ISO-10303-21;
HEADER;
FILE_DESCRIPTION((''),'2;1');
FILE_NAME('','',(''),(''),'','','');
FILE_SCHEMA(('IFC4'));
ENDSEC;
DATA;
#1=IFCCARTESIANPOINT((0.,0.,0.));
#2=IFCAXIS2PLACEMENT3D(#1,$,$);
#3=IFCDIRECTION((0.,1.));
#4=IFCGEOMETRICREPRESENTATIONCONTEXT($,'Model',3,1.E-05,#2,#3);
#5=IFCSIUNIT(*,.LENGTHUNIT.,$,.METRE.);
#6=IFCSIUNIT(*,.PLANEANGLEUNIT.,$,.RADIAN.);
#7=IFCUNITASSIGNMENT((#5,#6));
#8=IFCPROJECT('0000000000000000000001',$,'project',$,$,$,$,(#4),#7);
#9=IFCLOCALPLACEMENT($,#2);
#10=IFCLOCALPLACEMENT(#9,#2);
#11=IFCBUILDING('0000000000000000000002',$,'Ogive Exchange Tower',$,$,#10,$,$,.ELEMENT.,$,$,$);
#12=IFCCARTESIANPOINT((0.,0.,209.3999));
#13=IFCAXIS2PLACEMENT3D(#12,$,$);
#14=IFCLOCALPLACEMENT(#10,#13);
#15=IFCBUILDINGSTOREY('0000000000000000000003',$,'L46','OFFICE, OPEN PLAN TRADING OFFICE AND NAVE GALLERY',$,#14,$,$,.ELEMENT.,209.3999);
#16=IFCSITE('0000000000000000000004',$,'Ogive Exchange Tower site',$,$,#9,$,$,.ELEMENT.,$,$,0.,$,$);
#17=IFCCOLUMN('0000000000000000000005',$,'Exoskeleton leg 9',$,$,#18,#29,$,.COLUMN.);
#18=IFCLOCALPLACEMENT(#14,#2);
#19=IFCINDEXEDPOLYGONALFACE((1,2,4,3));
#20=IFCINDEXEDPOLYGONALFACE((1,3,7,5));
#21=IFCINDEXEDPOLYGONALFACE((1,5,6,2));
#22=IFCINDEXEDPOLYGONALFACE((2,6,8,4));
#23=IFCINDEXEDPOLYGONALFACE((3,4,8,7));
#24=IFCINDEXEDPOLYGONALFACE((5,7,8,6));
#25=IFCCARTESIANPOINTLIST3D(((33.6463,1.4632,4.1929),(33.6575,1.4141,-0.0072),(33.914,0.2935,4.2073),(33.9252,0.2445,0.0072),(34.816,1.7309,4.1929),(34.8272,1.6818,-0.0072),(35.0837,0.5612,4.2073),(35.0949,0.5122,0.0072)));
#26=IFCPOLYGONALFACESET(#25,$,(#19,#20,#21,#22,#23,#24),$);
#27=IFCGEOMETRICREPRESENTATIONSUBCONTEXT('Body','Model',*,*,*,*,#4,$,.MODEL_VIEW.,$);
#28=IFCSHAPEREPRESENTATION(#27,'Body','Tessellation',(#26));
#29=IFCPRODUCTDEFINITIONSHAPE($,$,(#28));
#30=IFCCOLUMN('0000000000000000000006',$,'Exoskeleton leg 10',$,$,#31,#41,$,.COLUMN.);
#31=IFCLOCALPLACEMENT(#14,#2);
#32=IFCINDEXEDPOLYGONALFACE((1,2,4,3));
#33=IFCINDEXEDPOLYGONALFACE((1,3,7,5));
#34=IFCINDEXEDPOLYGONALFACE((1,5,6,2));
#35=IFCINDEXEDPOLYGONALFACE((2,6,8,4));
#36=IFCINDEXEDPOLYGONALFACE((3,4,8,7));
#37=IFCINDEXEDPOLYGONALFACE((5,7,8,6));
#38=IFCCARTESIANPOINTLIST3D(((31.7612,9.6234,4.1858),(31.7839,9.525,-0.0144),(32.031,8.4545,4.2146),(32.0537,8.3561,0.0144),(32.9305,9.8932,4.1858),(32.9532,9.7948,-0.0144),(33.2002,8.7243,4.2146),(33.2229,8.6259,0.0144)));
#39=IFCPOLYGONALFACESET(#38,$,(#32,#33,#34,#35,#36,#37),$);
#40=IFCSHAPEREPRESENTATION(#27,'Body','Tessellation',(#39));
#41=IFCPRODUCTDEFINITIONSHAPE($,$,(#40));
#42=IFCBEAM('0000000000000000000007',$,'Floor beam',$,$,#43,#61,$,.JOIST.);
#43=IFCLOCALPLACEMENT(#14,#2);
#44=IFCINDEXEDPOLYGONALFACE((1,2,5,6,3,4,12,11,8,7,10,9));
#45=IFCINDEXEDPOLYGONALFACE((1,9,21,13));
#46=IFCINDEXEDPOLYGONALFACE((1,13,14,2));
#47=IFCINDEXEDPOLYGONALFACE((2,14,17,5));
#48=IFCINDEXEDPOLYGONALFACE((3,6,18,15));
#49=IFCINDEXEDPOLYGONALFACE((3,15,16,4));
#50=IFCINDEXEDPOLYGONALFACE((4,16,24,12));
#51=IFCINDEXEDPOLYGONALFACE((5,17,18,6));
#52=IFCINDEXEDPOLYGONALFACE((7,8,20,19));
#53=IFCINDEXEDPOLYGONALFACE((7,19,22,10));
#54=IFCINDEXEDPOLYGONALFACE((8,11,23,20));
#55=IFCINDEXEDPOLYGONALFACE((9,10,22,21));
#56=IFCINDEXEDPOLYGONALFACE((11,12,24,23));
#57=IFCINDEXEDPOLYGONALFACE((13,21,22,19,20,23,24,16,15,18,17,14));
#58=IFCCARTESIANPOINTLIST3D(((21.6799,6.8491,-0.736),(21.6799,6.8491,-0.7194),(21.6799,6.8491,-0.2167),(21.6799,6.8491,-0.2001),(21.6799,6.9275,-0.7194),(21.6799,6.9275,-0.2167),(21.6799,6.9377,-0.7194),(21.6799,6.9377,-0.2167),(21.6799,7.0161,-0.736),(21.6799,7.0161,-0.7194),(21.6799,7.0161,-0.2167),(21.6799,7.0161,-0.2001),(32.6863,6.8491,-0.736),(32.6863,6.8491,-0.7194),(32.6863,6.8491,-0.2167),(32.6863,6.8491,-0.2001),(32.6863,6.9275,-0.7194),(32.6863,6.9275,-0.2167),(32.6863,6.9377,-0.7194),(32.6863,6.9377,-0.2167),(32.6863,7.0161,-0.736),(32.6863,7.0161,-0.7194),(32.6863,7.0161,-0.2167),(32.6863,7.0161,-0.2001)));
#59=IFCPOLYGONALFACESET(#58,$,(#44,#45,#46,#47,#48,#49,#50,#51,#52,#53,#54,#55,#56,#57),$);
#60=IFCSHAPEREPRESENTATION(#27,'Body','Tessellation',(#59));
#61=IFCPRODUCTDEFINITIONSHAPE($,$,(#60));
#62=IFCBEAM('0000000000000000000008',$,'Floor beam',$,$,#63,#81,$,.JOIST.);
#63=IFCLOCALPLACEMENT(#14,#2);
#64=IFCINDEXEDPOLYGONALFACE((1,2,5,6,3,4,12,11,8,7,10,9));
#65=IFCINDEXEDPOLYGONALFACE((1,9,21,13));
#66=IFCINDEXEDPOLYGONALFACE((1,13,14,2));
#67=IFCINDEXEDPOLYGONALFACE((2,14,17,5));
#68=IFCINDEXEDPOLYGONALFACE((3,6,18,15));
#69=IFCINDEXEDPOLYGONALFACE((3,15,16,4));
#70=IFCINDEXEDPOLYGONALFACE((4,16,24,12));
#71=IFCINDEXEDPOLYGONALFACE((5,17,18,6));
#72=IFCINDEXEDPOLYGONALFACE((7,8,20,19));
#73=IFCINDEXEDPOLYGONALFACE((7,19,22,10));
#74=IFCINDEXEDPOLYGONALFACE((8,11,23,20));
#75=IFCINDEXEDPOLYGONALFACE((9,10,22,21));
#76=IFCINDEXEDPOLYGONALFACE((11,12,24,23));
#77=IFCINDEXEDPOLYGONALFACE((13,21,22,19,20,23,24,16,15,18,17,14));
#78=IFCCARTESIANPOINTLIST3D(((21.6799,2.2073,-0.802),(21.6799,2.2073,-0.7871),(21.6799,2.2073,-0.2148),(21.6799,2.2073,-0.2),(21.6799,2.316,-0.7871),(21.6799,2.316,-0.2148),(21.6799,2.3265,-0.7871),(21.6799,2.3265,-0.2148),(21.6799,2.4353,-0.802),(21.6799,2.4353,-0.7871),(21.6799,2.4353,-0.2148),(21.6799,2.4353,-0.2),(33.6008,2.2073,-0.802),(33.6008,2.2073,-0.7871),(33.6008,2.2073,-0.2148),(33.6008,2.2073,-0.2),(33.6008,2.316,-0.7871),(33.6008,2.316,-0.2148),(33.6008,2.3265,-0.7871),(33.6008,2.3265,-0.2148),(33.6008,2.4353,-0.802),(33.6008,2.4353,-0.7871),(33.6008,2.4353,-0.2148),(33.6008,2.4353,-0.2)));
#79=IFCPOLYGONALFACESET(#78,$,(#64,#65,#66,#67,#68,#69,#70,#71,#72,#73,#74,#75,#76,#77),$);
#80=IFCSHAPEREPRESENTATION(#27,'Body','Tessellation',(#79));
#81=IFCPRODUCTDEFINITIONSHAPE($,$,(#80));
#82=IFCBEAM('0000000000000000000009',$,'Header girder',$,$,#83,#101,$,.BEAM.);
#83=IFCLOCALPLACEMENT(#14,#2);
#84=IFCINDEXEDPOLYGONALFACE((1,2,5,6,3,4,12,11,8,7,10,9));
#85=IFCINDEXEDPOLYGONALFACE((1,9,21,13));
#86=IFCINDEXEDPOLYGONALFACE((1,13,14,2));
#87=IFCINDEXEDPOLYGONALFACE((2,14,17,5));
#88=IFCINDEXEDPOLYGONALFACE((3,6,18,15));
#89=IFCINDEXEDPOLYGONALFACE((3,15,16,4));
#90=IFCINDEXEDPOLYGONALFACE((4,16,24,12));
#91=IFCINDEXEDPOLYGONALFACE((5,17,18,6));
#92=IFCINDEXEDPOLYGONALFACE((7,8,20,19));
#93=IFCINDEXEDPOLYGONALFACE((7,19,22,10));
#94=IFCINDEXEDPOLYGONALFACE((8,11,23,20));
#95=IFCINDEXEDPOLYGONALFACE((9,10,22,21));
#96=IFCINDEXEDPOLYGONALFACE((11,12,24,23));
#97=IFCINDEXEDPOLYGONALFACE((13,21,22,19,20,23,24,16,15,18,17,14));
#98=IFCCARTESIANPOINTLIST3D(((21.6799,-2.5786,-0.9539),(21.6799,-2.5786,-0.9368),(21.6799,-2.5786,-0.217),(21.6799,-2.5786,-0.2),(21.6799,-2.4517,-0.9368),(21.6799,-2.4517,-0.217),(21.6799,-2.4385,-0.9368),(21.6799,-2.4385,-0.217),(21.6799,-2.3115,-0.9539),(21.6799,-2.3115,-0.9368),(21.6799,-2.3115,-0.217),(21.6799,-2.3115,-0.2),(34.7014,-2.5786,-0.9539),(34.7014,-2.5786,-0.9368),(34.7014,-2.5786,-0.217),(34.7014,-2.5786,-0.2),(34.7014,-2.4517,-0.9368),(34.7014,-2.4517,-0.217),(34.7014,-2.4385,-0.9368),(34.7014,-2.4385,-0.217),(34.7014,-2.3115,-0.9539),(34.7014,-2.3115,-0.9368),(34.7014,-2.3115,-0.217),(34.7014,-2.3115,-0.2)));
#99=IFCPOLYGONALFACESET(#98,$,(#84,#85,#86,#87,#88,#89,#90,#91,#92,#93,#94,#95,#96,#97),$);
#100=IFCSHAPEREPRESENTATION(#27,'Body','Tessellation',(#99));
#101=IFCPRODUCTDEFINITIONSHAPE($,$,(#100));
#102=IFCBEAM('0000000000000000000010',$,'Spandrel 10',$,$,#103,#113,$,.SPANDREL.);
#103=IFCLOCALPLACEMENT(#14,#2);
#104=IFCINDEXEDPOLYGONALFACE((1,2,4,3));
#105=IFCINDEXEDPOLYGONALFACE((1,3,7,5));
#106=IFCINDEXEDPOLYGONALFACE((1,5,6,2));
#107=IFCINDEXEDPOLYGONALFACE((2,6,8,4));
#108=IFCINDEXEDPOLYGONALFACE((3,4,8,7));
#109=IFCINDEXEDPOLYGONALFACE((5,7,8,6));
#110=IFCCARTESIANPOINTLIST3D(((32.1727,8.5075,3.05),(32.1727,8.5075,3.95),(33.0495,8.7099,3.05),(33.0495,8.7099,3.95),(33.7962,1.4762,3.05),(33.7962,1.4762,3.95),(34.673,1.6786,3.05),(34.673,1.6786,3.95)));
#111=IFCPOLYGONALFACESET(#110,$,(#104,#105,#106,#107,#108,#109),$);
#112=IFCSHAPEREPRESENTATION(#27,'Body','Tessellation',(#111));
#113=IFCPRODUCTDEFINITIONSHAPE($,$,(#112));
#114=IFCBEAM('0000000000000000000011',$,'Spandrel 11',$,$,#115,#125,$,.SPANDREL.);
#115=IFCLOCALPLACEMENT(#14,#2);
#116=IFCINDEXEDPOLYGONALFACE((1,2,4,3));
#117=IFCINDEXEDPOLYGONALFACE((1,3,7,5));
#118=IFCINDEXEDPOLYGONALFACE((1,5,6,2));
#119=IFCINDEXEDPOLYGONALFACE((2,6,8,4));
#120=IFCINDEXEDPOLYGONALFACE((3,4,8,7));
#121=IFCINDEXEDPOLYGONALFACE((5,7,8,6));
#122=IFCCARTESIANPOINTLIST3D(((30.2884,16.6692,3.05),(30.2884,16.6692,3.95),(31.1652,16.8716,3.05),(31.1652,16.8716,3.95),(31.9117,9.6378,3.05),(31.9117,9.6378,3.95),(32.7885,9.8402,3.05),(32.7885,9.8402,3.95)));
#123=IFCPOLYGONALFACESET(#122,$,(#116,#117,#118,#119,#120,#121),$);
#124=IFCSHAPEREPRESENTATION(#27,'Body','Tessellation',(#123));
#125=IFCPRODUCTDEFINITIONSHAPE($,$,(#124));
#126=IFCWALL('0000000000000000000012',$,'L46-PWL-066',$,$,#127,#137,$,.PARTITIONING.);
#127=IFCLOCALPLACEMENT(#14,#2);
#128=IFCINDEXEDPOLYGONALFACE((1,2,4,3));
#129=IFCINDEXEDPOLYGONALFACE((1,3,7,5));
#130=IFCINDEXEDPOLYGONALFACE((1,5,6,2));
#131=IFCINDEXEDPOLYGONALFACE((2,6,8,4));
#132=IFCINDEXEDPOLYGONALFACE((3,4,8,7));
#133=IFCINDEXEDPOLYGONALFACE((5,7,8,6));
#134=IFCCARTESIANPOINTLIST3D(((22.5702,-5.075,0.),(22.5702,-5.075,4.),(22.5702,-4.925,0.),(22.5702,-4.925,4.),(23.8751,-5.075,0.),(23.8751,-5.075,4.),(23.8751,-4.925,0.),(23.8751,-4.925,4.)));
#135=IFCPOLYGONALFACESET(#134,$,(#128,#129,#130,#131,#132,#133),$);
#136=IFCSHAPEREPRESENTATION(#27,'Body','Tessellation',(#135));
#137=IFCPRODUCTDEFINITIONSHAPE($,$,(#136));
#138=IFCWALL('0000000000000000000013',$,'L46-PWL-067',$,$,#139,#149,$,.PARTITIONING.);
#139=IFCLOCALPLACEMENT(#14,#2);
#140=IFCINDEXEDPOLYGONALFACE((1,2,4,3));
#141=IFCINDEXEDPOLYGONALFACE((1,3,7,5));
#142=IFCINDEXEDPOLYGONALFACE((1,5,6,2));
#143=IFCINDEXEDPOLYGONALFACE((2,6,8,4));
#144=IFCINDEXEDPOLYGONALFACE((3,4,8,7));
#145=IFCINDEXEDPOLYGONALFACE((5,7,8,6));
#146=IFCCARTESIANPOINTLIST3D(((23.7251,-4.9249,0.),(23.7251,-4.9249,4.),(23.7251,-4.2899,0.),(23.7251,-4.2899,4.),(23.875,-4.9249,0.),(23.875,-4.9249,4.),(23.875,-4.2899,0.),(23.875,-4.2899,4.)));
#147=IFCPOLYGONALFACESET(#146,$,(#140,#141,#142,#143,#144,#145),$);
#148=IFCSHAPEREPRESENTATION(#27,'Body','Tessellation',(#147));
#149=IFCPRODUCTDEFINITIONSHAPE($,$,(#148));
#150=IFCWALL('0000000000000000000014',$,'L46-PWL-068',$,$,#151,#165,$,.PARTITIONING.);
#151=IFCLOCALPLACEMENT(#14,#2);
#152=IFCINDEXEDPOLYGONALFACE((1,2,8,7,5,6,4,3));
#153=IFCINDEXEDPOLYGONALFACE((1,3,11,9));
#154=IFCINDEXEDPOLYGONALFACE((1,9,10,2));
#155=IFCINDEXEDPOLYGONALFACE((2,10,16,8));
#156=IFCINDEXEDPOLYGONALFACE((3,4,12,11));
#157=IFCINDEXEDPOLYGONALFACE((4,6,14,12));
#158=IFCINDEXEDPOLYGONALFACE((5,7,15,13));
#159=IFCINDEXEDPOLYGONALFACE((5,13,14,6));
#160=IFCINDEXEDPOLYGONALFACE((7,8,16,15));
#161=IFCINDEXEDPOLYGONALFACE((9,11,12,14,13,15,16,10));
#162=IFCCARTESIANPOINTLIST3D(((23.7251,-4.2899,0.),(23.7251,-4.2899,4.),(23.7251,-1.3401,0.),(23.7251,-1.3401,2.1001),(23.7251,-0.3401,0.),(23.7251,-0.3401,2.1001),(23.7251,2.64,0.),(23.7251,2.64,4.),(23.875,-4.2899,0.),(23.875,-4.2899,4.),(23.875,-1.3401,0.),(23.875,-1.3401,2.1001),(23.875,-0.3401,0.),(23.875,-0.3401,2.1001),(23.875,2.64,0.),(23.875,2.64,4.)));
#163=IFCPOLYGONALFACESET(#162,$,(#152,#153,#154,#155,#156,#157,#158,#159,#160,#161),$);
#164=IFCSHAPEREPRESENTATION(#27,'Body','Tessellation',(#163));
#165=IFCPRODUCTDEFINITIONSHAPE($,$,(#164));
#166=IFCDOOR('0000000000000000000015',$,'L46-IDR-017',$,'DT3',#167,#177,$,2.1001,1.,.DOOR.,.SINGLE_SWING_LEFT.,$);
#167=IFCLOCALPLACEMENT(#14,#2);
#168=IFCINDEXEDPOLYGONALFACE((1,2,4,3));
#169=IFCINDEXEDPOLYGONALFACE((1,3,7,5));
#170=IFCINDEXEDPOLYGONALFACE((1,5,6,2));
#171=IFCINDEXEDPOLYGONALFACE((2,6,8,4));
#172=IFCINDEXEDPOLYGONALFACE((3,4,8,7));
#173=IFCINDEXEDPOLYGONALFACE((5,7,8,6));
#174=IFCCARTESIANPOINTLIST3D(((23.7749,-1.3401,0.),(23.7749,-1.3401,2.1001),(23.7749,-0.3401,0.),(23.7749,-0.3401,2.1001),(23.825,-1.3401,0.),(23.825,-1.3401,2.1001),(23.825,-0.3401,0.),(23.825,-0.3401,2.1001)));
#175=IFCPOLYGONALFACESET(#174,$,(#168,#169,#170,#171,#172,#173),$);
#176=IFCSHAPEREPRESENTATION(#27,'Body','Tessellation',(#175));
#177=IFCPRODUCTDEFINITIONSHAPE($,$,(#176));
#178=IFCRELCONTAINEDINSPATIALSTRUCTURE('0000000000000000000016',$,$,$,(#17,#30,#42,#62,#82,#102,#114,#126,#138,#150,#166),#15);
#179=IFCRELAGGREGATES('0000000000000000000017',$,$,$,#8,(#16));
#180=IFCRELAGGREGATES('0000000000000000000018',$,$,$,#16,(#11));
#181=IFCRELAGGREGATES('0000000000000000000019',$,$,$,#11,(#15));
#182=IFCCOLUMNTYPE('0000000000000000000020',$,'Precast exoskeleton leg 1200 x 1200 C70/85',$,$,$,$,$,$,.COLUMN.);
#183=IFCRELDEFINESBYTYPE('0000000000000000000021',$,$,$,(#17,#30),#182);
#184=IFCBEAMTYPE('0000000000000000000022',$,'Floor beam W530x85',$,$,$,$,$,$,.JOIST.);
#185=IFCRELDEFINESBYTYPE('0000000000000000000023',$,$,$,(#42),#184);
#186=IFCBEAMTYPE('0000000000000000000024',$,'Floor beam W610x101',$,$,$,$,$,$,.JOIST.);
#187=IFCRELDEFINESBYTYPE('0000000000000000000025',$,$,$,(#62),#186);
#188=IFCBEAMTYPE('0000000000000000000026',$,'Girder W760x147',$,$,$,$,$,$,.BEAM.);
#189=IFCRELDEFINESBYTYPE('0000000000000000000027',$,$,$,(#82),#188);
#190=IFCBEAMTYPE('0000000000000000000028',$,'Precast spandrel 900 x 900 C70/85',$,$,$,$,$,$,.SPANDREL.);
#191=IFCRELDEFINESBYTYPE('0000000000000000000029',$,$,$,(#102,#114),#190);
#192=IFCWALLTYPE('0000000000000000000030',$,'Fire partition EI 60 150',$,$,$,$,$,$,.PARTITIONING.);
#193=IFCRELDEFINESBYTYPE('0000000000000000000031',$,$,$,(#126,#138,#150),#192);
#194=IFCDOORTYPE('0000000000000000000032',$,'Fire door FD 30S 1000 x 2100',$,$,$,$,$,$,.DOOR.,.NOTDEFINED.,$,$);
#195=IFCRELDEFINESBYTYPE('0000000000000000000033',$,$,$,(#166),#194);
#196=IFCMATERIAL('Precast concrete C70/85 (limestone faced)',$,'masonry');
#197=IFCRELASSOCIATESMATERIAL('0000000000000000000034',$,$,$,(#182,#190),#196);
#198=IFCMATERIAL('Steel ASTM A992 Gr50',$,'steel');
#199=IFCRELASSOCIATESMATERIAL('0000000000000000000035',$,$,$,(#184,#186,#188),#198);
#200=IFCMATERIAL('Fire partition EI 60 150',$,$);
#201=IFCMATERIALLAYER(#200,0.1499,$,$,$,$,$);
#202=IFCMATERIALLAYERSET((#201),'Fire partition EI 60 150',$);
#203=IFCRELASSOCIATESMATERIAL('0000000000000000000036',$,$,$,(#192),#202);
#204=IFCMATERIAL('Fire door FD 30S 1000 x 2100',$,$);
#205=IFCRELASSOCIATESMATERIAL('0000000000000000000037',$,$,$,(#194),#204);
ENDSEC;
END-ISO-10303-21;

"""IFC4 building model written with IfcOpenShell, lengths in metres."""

from ifc_helpers import new_model, si_unit, direction, frame, frame_2d, origin, origin_2d, place, context, subcontext, project, spatial, rectangle, i_section, extrude, material, layer, layer_set, material_profile, profile_set, type_object, element, fill, save


model = new_model("IFC4")

# Units and contexts
model_context = context("Model", 3, precision=1e-05, world=origin(), true_north=direction((0.0, 1.0)))
body_context = subcontext(model_context, "Body", "Model", "MODEL_VIEW")
ifc_project = project(units=[si_unit("LENGTHUNIT", "METRE"), si_unit("PLANEANGLEUNIT", "RADIAN")], contexts=[model_context])

# Site, building, storey
site_placement = place(None, origin())
site = spatial("IfcSite", under=ifc_project, at=site_placement, Name="Ogive Exchange Tower site", CompositionType="ELEMENT", RefElevation=0.0)
building_placement = place(site_placement, origin())
building = spatial("IfcBuilding", under=site, at=building_placement, Name="Ogive Exchange Tower", CompositionType="ELEMENT")
storey_placement = place(building_placement, frame((0.0, 0.0, 209.3999)))
storey = spatial("IfcBuildingStorey", under=building, at=storey_placement, Name="L46", Description="OFFICE, OPEN PLAN TRADING OFFICE AND NAVE GALLERY", CompositionType="ELEMENT", Elevation=209.3999)

# Columns
ifc_material_1 = material(Name="Precast concrete C70/85 (limestone faced)", Category="masonry")
ifc_material_profile_1 = material_profile(ifc_material_1, rectangle(XDim=1.2, YDim=1.2, at=origin_2d()), Name="1200 x 1200")
ifc_profile_set_1 = profile_set([ifc_material_profile_1], Name="Precast concrete C70/85 (limestone faced)")
column_type = type_object("IfcColumnType", Name="Precast exoskeleton leg 1200 x 1200 C70/85", PredefinedType="COLUMN", material=ifc_profile_set_1)
column_1_placement = place(storey_placement, frame((34.3762, 0.9631, 0.0), z_axis=(-0.002674, 0.011682, 0.999928), x_axis=(-0.974798, -0.223088, 0.0)))
element("IfcColumn", 1, at=column_1_placement, inside=storey, type_object=column_type, Name="Exoskeleton leg 9", PredefinedType="COLUMN", context=body_context, shape_type="SweptSolid", body=[
    extrude(rectangle(XDim=1.2, YDim=1.2, at=origin_2d()), origin(), (0.0, 0.0, 1.0), 4.2004),
])
column_2_placement = place(storey_placement, frame((32.5034, 9.0754, 0.0), z_axis=(-0.005404, 0.023418, 0.999711), x_axis=(-0.974391, -0.22486, 0.0)))
element("IfcColumn", 2, at=column_2_placement, inside=storey, type_object=column_type, Name="Exoskeleton leg 10", PredefinedType="COLUMN", context=body_context, shape_type="SweptSolid", body=[
    extrude(rectangle(XDim=1.2, YDim=1.2, at=origin_2d()), origin(), (0.0, 0.0, 1.0), 4.2014),
])

# Beams
ifc_material_2 = material(Name="Steel ASTM A992 Gr50", Category="steel")
ifc_material_profile_2 = material_profile(ifc_material_2, i_section(OverallWidth=0.167, OverallDepth=0.5359, WebThickness=0.0103, FlangeThickness=0.0166, at=origin_2d()), Name="W530x85")
ifc_profile_set_2 = profile_set([ifc_material_profile_2], Name="Steel ASTM A992 Gr50")
beam_type_1 = type_object("IfcBeamType", Name="Floor beam W530x85", PredefinedType="JOIST", material=ifc_profile_set_2)
beam_1_placement = place(storey_placement, frame((21.6799, 6.9326, -0.468), z_axis=(1.0, 0.0, 0.0), x_axis=(0.0, 1.0, 0.0)))
element("IfcBeam", 3, at=beam_1_placement, inside=storey, type_object=beam_type_1, Name="Floor beam", PredefinedType="JOIST", context=body_context, shape_type="SweptSolid", body=[
    extrude(i_section(OverallWidth=0.167, OverallDepth=0.5359, WebThickness=0.0103, FlangeThickness=0.0166, at=origin_2d()), origin(), (0.0, 0.0, 1.0), 11.0063),
])
ifc_material_profile_3 = material_profile(ifc_material_2, i_section(OverallWidth=0.228, OverallDepth=0.6021, WebThickness=0.0105, FlangeThickness=0.0149, at=origin_2d()), Name="W610x101")
ifc_profile_set_3 = profile_set([ifc_material_profile_3], Name="Steel ASTM A992 Gr50")
beam_type_2 = type_object("IfcBeamType", Name="Floor beam W610x101", PredefinedType="JOIST", material=ifc_profile_set_3)
beam_2_placement = place(storey_placement, frame((21.6799, 2.3213, -0.501), z_axis=(1.0, 0.0, 0.0), x_axis=(0.0, 1.0, 0.0)))
element("IfcBeam", 4, at=beam_2_placement, inside=storey, type_object=beam_type_2, Name="Floor beam", PredefinedType="JOIST", context=body_context, shape_type="SweptSolid", body=[
    extrude(i_section(OverallWidth=0.228, OverallDepth=0.6021, WebThickness=0.0105, FlangeThickness=0.0149, at=origin_2d()), origin(), (0.0, 0.0, 1.0), 11.9209),
])
ifc_material_profile_4 = material_profile(ifc_material_2, i_section(OverallWidth=0.2671, OverallDepth=0.7539, WebThickness=0.0132, FlangeThickness=0.0171, at=origin_2d()), Name="W760x147")
ifc_profile_set_4 = profile_set([ifc_material_profile_4], Name="Steel ASTM A992 Gr50")
beam_type_3 = type_object("IfcBeamType", Name="Girder W760x147", PredefinedType="BEAM", material=ifc_profile_set_4)
beam_3_placement = place(storey_placement, frame((21.6799, -2.4451, -0.5769), z_axis=(1.0, 0.0, 0.0), x_axis=(0.0, 1.0, 0.0)))
element("IfcBeam", 5, at=beam_3_placement, inside=storey, type_object=beam_type_3, Name="Header girder", PredefinedType="BEAM", context=body_context, shape_type="SweptSolid", body=[
    extrude(i_section(OverallWidth=0.2671, OverallDepth=0.7539, WebThickness=0.0132, FlangeThickness=0.0171, at=origin_2d()), origin(), (0.0, 0.0, 1.0), 13.0215),
])
ifc_material_profile_5 = material_profile(ifc_material_1, rectangle(XDim=0.8999, YDim=0.8999, at=origin_2d()), Name="900 x 900")
ifc_profile_set_5 = profile_set([ifc_material_profile_5], Name="Precast concrete C70/85 (limestone faced)")
beam_type_4 = type_object("IfcBeamType", Name="Precast spandrel 900 x 900 C70/85", PredefinedType="SPANDREL", material=ifc_profile_set_5)
for number, where, z_axis, x_axis, name in (
    (6, (34.2346, 1.5774, 3.5), (-0.224983, 0.974363, 0.0), (-0.974363, -0.224983, 0.0), "Spandrel 10"),
    (7, (32.3501, 9.739, 3.5), (-0.224951, 0.97437, 0.0), (-0.97437, -0.224951, 0.0), "Spandrel 11"),
):
    element("IfcBeam", number, at=place(storey_placement, frame(where, z_axis=z_axis, x_axis=x_axis)), inside=storey, type_object=beam_type_4, Name=name, PredefinedType="SPANDREL", context=body_context, shape_type="SweptSolid", body=[
        extrude(rectangle(XDim=0.8999, YDim=0.8999, at=origin_2d()), origin(), (0.0, 0.0, 1.0), 7.2163),
    ])

# Walls
ifc_material_3 = material(Name="Fire partition EI 60 150")
ifc_layer_1 = layer(ifc_material_3, 0.1499)
ifc_layer_set_1 = layer_set([ifc_layer_1], Name="Fire partition EI 60 150")
wall_type_1 = type_object("IfcWallType", Name="Fire partition EI 60 150", PredefinedType="PARTITIONING", material=ifc_layer_set_1)
wall_1_placement = place(storey_placement, frame((23.875, -5.0, 0.0), z_axis=(0.0, 0.0, 1.0), x_axis=(-1.0, 0.0, 0.0)))
element("IfcWall", 8, at=wall_1_placement, inside=storey, type_object=wall_type_1, Name="L46-PWL-066", PredefinedType="PARTITIONING", context=body_context, shape_type="SweptSolid", body=[
    extrude(rectangle(XDim=1.3049, YDim=0.1499, at=frame_2d((0.6523, 0.0))), origin(), (0.0, 0.0, 1.0), 4.0),
])
wall_2_placement = place(storey_placement, frame((23.8, -4.29, 0.0), z_axis=(0.0, 0.0, 1.0), x_axis=(0.0, -1.0, 0.0)))
element("IfcWall", 9, at=wall_2_placement, inside=storey, type_object=wall_type_1, Name="L46-PWL-067", PredefinedType="PARTITIONING", context=body_context, shape_type="SweptSolid", body=[
    extrude(rectangle(XDim=0.635, YDim=0.1499, at=frame_2d((0.3174, 0.0))), origin(), (0.0, 0.0, 1.0), 4.0),
])

# Wall, opening, door
wall_3_placement = place(storey_placement, frame((23.8, 2.6399, 0.0), z_axis=(0.0, 0.0, 1.0), x_axis=(0.0, -1.0, 0.0)))
wall_3 = element("IfcWall", 10, at=wall_3_placement, inside=storey, type_object=wall_type_1, Name="L46-PWL-068", PredefinedType="PARTITIONING", context=body_context, shape_type="SweptSolid", body=[
    extrude(rectangle(XDim=6.9299, YDim=0.1499, at=frame_2d((3.4648, 0.0))), origin(), (0.0, 0.0, 1.0), 4.0),
])
opening_1_placement = place(wall_3_placement, frame((2.98, 0.0, 0.0)))
opening_1 = element("IfcOpeningElement", 11, at=opening_1_placement, cuts=wall_3, PredefinedType="OPENING", context=body_context, shape_type="SweptSolid", body=[
    extrude(rectangle(XDim=1.0, YDim=2.1001, at=frame_2d((0.5, 1.05))), frame((0.0, 0.085, 0.0), z_axis=(0.0, -1.0, 0.0), x_axis=(1.0, 0.0, 0.0)), (0.0, 0.0, 1.0), 0.1699),
])
ifc_material_4 = material(Name="Fire door FD 30S 1000 x 2100")
door_type_1 = type_object("IfcDoorType", Name="Fire door FD 30S 1000 x 2100", OperationType="NOTDEFINED", PredefinedType="DOOR", material=ifc_material_4)
door_1_placement = place(opening_1_placement, origin())
door_1 = element("IfcDoor", 12, at=door_1_placement, inside=storey, type_object=door_type_1, Name="L46-IDR-017", ObjectType="DT3", OperationType="SINGLE_SWING_LEFT", OverallHeight=2.1001, OverallWidth=1.0, PredefinedType="DOOR", context=body_context, shape_type="SweptSolid", body=[
    extrude(rectangle(XDim=1.0, YDim=2.1001, at=frame_2d((0.5, 1.05))), frame((0.0, 0.0249, 0.0), z_axis=(0.0, -1.0, 0.0), x_axis=(1.0, 0.0, 0.0)), (0.0, 0.0, 1.0), 0.05),
])
fill(opening_1, door_1)

save(model, "model.ifc")
